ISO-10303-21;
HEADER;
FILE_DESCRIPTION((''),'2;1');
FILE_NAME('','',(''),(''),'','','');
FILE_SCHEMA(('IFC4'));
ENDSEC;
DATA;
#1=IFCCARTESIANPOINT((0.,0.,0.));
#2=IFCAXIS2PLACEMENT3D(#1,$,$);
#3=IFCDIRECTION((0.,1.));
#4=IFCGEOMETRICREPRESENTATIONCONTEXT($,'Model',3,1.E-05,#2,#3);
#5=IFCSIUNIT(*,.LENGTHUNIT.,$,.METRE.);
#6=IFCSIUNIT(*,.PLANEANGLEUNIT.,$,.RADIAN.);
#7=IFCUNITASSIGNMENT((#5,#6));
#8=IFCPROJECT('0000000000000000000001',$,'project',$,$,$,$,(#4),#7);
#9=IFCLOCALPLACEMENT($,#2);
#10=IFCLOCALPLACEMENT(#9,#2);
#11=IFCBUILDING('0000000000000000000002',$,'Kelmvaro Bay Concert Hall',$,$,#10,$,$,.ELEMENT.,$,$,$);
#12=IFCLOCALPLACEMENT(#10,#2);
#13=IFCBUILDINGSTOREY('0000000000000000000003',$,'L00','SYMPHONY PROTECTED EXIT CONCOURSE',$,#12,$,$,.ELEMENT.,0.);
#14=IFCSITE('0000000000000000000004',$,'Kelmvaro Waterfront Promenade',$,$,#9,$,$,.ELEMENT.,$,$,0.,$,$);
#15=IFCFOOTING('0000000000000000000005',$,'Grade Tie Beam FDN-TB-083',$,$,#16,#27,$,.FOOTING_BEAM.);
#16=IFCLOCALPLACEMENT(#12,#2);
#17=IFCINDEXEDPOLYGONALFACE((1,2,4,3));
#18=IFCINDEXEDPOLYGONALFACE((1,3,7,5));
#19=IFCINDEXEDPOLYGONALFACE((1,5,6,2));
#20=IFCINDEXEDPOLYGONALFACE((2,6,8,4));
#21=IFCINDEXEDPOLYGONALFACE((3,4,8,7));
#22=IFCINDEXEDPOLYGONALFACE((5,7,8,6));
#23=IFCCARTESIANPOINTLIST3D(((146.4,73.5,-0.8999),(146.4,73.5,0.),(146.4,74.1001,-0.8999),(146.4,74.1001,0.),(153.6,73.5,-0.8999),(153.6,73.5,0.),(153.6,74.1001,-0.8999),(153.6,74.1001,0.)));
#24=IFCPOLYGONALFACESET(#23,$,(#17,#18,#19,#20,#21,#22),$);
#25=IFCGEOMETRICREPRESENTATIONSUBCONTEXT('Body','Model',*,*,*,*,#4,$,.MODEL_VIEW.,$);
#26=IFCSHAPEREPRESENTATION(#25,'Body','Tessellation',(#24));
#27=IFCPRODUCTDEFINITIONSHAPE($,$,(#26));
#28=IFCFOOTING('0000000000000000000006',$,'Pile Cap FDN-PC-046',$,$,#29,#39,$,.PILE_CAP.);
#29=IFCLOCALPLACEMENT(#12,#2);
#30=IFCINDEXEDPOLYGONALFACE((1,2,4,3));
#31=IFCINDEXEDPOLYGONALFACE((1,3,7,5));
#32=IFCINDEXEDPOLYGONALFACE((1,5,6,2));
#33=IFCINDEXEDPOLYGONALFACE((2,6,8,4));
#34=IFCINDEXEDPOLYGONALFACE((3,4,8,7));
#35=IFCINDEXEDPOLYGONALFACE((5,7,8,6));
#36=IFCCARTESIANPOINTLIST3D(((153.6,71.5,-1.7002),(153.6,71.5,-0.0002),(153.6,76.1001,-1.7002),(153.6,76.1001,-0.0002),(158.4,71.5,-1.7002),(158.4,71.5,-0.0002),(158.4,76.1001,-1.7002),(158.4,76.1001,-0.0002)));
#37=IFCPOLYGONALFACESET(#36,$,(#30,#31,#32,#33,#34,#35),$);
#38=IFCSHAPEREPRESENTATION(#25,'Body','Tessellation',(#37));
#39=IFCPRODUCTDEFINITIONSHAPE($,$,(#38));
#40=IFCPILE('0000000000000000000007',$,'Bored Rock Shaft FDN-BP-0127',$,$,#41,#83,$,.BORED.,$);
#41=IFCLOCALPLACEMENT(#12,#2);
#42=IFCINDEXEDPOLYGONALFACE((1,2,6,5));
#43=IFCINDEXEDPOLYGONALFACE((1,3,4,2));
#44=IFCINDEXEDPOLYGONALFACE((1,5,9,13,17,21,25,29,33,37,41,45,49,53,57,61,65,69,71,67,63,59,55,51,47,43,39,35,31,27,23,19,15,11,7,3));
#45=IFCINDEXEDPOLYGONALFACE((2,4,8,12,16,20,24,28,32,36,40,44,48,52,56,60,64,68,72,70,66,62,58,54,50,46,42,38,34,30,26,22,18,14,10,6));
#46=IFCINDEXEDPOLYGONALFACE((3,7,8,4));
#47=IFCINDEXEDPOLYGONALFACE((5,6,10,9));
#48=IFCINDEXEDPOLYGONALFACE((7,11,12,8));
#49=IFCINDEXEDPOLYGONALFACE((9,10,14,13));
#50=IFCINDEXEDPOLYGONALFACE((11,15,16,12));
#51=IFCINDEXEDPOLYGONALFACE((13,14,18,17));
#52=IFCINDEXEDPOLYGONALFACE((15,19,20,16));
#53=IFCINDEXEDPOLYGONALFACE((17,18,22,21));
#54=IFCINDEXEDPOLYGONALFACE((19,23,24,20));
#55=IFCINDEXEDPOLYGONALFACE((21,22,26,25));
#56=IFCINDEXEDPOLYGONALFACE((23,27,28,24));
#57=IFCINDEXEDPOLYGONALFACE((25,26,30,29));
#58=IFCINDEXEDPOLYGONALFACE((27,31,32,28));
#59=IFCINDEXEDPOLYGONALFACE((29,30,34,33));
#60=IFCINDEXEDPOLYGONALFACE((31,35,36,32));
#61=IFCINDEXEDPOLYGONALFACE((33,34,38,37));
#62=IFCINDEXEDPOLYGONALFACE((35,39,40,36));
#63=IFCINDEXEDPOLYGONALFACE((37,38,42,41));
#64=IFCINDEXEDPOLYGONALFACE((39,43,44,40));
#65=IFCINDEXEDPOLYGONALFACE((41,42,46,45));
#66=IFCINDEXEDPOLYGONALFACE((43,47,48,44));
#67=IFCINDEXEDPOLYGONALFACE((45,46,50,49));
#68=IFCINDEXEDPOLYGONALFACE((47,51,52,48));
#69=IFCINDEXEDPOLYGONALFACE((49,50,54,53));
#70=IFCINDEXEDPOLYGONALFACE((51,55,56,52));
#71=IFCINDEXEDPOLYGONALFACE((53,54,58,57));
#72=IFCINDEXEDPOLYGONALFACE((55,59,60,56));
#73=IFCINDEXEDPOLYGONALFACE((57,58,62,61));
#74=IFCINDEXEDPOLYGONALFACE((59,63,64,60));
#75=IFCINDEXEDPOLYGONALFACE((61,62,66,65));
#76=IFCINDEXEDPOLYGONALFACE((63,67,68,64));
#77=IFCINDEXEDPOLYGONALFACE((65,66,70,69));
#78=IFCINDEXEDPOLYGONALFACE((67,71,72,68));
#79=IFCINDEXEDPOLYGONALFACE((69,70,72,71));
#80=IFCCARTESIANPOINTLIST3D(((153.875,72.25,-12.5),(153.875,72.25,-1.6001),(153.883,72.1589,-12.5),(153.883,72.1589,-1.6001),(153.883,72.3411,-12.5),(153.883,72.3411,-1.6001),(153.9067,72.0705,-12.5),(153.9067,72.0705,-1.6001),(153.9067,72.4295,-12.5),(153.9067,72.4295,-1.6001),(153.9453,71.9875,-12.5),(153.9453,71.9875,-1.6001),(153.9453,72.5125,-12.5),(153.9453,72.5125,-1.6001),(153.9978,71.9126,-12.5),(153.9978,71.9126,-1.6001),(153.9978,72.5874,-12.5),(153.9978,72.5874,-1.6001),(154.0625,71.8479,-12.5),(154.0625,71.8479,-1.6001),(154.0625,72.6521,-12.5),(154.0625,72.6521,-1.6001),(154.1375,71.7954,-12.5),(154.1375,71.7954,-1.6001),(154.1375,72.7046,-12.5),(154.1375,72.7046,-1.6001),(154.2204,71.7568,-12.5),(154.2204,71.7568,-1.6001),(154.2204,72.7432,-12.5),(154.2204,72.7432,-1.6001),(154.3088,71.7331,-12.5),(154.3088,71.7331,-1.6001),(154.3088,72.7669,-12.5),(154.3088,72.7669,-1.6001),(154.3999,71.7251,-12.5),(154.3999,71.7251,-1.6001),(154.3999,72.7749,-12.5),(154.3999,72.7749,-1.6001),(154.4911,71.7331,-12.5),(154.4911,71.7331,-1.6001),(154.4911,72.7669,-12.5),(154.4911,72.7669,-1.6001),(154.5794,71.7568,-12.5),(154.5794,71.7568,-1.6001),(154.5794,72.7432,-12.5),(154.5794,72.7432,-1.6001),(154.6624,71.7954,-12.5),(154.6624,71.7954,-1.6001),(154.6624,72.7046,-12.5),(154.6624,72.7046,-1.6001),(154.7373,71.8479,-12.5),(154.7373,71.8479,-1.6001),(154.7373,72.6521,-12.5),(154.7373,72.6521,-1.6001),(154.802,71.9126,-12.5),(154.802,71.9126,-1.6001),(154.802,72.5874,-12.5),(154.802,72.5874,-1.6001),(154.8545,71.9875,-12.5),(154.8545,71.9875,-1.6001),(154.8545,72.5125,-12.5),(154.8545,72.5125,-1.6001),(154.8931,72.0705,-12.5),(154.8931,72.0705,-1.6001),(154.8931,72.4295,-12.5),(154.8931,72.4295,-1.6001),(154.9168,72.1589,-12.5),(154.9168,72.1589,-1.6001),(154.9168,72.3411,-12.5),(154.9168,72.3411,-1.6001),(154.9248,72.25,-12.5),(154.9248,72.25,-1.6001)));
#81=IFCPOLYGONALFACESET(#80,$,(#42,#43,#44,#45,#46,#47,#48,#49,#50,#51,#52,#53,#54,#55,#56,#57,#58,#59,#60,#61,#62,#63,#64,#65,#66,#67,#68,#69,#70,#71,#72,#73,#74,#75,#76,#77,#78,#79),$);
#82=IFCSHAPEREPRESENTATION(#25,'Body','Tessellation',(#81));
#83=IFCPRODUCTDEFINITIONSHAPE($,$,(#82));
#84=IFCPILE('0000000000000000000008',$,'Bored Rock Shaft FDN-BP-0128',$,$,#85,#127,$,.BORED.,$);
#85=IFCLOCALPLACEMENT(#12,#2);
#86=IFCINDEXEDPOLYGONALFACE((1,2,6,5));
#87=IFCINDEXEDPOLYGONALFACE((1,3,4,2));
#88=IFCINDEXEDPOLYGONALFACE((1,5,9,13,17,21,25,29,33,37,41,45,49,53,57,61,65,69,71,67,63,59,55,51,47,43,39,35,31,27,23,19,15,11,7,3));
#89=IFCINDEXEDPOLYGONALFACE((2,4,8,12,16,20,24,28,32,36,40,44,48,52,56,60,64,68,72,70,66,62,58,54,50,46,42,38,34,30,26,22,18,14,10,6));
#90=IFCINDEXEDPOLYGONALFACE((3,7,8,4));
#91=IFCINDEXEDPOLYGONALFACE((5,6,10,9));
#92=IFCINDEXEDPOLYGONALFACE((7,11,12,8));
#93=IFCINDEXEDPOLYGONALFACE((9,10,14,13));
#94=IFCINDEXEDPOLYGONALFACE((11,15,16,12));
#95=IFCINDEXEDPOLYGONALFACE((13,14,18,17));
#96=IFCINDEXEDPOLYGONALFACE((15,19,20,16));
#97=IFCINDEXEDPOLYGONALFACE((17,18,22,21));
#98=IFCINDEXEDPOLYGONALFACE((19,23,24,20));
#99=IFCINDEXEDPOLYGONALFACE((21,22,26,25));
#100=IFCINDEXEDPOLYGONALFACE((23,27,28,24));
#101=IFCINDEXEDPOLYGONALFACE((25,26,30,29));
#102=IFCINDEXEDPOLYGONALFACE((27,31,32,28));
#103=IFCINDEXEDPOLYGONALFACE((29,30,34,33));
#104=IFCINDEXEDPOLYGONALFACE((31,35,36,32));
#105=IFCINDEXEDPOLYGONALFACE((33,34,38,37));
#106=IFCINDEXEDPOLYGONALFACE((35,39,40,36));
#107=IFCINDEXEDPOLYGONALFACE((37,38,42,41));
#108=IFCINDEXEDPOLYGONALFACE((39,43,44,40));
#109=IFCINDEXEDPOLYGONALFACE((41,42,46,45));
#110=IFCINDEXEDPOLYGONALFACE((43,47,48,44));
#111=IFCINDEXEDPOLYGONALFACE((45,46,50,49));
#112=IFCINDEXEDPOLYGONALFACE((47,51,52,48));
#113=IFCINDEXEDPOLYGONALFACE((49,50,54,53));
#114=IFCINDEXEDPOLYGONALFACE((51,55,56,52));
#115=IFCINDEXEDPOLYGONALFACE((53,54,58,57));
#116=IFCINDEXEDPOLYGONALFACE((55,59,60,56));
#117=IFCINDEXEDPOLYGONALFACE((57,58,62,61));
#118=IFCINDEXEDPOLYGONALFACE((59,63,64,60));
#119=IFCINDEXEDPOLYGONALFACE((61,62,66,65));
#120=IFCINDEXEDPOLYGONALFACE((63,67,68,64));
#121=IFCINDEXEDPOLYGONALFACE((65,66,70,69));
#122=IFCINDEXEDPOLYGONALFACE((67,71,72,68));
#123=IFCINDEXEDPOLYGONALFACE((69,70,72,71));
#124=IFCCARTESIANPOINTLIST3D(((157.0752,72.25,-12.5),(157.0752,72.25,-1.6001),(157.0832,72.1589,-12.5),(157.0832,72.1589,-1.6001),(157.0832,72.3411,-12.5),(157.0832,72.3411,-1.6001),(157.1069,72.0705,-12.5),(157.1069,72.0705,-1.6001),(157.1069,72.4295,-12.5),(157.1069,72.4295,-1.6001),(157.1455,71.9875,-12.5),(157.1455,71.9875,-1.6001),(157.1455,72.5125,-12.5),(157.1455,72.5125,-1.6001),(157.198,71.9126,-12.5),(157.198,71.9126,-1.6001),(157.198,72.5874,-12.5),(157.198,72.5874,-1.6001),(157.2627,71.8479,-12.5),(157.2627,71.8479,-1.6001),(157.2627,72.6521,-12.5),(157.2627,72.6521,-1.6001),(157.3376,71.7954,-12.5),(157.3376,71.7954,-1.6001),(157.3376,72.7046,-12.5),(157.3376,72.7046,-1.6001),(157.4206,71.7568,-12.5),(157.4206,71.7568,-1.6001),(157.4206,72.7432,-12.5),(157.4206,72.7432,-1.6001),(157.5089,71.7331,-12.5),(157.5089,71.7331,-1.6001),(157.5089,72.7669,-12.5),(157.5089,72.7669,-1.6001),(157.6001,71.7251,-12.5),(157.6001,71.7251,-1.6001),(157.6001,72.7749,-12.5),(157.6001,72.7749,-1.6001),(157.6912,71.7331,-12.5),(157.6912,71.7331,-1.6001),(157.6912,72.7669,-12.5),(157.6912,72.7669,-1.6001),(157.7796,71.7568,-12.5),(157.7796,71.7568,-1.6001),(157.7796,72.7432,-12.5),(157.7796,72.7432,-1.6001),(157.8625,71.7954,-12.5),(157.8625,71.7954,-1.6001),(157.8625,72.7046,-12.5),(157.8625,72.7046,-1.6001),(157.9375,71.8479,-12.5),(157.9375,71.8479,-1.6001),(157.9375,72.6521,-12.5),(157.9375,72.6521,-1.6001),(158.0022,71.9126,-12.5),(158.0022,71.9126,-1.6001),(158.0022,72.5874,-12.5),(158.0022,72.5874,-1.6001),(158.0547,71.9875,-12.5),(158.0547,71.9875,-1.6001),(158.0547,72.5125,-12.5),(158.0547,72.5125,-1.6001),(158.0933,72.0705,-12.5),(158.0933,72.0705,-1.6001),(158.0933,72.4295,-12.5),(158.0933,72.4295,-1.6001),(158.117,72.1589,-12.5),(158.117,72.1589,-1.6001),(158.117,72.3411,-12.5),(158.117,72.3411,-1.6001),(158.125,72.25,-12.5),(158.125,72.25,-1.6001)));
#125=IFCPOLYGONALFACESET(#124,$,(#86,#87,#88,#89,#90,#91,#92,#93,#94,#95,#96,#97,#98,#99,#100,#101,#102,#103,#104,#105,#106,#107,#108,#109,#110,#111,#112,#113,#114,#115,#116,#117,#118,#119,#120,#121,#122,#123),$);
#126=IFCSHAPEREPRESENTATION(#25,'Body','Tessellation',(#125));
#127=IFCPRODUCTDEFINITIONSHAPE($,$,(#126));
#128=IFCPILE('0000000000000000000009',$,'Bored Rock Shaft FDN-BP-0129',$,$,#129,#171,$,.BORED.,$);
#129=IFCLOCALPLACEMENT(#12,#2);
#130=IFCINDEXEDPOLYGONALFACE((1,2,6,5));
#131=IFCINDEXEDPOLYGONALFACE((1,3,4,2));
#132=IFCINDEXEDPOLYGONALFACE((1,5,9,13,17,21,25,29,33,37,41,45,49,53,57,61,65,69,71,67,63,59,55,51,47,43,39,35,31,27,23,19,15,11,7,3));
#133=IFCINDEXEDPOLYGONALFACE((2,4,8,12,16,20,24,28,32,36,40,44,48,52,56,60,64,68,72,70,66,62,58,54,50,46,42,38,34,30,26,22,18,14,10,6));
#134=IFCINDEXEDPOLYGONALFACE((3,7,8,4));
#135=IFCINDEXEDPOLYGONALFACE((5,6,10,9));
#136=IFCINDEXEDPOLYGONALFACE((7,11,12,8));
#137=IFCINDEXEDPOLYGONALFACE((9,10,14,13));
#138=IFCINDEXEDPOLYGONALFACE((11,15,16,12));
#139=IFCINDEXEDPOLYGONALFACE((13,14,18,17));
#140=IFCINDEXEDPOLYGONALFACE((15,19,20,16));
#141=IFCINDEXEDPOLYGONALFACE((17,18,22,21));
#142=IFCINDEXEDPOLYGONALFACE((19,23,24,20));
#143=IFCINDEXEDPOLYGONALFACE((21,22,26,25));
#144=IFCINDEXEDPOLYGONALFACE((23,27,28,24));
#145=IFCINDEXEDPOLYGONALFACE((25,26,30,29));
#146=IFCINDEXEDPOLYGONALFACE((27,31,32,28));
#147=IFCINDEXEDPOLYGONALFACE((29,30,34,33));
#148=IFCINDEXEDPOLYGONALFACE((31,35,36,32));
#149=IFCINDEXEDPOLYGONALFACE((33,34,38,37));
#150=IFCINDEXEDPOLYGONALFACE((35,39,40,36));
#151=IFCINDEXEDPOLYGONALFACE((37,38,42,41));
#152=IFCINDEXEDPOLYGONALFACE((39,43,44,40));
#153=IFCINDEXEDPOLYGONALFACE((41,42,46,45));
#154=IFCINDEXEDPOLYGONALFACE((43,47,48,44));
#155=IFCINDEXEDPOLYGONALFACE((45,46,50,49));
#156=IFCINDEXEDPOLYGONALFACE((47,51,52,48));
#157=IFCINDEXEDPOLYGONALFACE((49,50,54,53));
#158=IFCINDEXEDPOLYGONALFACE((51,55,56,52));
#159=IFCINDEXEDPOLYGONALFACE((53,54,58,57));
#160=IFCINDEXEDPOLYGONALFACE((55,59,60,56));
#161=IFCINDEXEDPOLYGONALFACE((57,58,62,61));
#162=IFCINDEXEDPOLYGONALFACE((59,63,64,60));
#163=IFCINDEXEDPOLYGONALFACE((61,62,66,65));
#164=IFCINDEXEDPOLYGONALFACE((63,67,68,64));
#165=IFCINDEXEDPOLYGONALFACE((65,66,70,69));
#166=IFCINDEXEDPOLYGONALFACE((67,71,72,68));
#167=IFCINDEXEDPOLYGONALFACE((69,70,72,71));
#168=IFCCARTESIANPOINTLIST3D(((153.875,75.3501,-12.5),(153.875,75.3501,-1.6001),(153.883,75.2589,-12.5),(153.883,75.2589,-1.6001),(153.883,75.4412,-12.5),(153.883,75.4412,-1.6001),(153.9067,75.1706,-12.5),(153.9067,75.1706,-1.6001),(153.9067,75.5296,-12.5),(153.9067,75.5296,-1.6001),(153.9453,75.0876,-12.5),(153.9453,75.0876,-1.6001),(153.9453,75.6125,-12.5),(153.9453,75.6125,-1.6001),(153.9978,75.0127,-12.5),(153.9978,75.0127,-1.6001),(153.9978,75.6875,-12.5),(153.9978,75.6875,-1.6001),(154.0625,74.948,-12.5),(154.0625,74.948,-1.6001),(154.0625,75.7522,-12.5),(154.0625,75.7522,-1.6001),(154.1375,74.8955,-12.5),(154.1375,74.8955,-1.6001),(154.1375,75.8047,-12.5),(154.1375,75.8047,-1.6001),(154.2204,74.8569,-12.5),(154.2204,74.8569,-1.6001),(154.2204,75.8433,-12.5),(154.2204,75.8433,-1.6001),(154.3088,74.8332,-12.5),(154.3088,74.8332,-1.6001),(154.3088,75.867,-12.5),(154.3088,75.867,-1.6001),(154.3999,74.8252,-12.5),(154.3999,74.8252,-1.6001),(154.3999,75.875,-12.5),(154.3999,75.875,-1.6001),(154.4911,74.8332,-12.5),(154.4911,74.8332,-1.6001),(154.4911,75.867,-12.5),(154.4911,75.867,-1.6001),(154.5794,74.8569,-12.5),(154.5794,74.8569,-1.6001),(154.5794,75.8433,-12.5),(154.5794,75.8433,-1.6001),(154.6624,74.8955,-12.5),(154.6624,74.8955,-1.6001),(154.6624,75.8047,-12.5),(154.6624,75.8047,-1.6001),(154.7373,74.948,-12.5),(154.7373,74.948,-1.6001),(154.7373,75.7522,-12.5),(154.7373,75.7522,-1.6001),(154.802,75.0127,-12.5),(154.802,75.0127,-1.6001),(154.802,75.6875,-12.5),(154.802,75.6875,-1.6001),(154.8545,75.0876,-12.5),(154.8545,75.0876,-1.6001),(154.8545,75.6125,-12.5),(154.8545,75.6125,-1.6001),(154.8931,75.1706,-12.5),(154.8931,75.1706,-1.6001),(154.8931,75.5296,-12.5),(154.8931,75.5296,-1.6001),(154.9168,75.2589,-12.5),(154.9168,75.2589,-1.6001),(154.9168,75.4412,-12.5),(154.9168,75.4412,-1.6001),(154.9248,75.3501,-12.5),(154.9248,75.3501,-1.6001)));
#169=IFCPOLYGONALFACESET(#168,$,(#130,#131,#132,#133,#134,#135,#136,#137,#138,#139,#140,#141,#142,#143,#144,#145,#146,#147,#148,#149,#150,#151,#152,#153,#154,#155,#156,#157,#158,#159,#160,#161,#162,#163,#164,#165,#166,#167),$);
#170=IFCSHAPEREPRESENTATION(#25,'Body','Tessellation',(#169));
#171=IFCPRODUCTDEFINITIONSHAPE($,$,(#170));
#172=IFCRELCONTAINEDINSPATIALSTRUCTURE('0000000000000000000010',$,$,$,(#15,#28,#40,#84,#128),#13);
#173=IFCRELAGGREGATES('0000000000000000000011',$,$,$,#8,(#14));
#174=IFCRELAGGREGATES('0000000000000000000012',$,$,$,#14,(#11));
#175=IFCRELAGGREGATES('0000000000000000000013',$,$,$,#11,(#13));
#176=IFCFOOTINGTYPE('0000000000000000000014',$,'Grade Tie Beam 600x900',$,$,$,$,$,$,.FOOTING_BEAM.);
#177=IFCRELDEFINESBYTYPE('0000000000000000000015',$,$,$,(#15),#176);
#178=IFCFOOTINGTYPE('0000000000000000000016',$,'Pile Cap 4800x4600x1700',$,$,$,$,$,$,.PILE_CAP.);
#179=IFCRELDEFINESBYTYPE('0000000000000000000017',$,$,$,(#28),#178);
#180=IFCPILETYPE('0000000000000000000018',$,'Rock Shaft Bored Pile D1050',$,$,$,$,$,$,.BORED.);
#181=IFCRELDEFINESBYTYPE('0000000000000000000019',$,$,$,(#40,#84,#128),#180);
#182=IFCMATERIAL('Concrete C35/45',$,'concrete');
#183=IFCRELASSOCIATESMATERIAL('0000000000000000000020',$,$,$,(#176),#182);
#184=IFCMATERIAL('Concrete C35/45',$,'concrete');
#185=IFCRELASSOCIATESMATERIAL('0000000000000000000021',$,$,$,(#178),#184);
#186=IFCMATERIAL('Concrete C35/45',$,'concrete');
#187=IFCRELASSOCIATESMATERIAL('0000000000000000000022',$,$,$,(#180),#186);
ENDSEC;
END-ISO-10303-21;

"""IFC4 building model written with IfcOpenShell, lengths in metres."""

from ifc_helpers import new_model, si_unit, direction, frame, origin, origin_2d, place, context, subcontext, project, spatial, rectangle, circle, extrude, material, material_profile, profile_set, type_object, element, save


model = new_model("IFC4")

# Units and contexts
model_context = context("Model", 3, precision=1e-05, world=origin(), true_north=direction((0.0, 1.0)))
body_context = subcontext(model_context, "Body", "Model", "MODEL_VIEW")
ifc_project = project(units=[si_unit("LENGTHUNIT", "METRE"), si_unit("PLANEANGLEUNIT", "RADIAN")], contexts=[model_context])

# Site, building, storey
site_placement = place(None, origin())
site = spatial("IfcSite", under=ifc_project, at=site_placement, Name="Kelmvaro Waterfront Promenade", CompositionType="ELEMENT", RefElevation=0.0)
building_placement = place(site_placement, origin())
building = spatial("IfcBuilding", under=site, at=building_placement, Name="Kelmvaro Bay Concert Hall", CompositionType="ELEMENT")
storey_placement = place(building_placement, origin())
storey = spatial("IfcBuildingStorey", under=building, at=storey_placement, Name="L00", Description="SYMPHONY PROTECTED EXIT CONCOURSE", CompositionType="ELEMENT", Elevation=0.0)

# Footings
ifc_material_1 = material(Name="Concrete C35/45", Category="concrete")
footing_type_1 = type_object("IfcFootingType", Name="Grade Tie Beam 600x900", PredefinedType="FOOTING_BEAM", material=ifc_material_1)
footing_1_placement = place(storey_placement, frame((150.0, 73.8, -0.8999), z_axis=(0.0, 0.0, 1.0), x_axis=(1.0, 0.0, 0.0)))
element("IfcFooting", 1, at=footing_1_placement, inside=storey, type_object=footing_type_1, Name="Grade Tie Beam FDN-TB-083", PredefinedType="FOOTING_BEAM", context=body_context, shape_type="SweptSolid", body=[
    extrude(rectangle(XDim=7.2, YDim=0.6001, at=origin_2d()), origin(), (0.0, 0.0, 1.0), 0.8999),
])
ifc_material_2 = material(Name="Concrete C35/45", Category="concrete")
footing_type_2 = type_object("IfcFootingType", Name="Pile Cap 4800x4600x1700", PredefinedType="PILE_CAP", material=ifc_material_2)
footing_2_placement = place(storey_placement, frame((156.0, 73.8, -1.7002), z_axis=(0.0, 0.0, 1.0), x_axis=(1.0, 0.0, 0.0)))
element("IfcFooting", 2, at=footing_2_placement, inside=storey, type_object=footing_type_2, Name="Pile Cap FDN-PC-046", PredefinedType="PILE_CAP", context=body_context, shape_type="SweptSolid", body=[
    extrude(rectangle(XDim=4.8, YDim=4.6001, at=origin_2d()), origin(), (0.0, 0.0, 1.0), 1.7),
])

# Piles
ifc_material_3 = material(Name="Concrete C35/45", Category="concrete")
ifc_material_profile_1 = material_profile(ifc_material_3, circle(Radius=0.5249, at=origin_2d()), Name="PILE-BORED-1050")
ifc_profile_set_1 = profile_set([ifc_material_profile_1], Name="Concrete C35/45")
pile_type = type_object("IfcPileType", Name="Rock Shaft Bored Pile D1050", PredefinedType="BORED", material=ifc_profile_set_1)
for number, where, z_axis, x_axis, name in (
    (3, (154.3999, 72.25, -1.6001), (0.0, 0.0, -1.0), (1.0, 0.0, 0.0), "Bored Rock Shaft FDN-BP-0127"),
    (4, (157.6001, 72.25, -1.6001), (0.0, 0.0, -1.0), (1.0, 0.0, 0.0), "Bored Rock Shaft FDN-BP-0128"),
    (5, (154.3999, 75.3501, -1.6001), (0.0, 0.0, -1.0), (1.0, 0.0, 0.0), "Bored Rock Shaft FDN-BP-0129"),
):
    element("IfcPile", number, at=place(storey_placement, frame(where, z_axis=z_axis, x_axis=x_axis)), inside=storey, type_object=pile_type, Name=name, PredefinedType="BORED", context=body_context, shape_type="SweptSolid", body=[
        extrude(circle(Radius=0.5249, at=origin_2d()), origin(), (0.0, 0.0, 1.0), 10.8999),
    ])

save(model, "model.ifc")
